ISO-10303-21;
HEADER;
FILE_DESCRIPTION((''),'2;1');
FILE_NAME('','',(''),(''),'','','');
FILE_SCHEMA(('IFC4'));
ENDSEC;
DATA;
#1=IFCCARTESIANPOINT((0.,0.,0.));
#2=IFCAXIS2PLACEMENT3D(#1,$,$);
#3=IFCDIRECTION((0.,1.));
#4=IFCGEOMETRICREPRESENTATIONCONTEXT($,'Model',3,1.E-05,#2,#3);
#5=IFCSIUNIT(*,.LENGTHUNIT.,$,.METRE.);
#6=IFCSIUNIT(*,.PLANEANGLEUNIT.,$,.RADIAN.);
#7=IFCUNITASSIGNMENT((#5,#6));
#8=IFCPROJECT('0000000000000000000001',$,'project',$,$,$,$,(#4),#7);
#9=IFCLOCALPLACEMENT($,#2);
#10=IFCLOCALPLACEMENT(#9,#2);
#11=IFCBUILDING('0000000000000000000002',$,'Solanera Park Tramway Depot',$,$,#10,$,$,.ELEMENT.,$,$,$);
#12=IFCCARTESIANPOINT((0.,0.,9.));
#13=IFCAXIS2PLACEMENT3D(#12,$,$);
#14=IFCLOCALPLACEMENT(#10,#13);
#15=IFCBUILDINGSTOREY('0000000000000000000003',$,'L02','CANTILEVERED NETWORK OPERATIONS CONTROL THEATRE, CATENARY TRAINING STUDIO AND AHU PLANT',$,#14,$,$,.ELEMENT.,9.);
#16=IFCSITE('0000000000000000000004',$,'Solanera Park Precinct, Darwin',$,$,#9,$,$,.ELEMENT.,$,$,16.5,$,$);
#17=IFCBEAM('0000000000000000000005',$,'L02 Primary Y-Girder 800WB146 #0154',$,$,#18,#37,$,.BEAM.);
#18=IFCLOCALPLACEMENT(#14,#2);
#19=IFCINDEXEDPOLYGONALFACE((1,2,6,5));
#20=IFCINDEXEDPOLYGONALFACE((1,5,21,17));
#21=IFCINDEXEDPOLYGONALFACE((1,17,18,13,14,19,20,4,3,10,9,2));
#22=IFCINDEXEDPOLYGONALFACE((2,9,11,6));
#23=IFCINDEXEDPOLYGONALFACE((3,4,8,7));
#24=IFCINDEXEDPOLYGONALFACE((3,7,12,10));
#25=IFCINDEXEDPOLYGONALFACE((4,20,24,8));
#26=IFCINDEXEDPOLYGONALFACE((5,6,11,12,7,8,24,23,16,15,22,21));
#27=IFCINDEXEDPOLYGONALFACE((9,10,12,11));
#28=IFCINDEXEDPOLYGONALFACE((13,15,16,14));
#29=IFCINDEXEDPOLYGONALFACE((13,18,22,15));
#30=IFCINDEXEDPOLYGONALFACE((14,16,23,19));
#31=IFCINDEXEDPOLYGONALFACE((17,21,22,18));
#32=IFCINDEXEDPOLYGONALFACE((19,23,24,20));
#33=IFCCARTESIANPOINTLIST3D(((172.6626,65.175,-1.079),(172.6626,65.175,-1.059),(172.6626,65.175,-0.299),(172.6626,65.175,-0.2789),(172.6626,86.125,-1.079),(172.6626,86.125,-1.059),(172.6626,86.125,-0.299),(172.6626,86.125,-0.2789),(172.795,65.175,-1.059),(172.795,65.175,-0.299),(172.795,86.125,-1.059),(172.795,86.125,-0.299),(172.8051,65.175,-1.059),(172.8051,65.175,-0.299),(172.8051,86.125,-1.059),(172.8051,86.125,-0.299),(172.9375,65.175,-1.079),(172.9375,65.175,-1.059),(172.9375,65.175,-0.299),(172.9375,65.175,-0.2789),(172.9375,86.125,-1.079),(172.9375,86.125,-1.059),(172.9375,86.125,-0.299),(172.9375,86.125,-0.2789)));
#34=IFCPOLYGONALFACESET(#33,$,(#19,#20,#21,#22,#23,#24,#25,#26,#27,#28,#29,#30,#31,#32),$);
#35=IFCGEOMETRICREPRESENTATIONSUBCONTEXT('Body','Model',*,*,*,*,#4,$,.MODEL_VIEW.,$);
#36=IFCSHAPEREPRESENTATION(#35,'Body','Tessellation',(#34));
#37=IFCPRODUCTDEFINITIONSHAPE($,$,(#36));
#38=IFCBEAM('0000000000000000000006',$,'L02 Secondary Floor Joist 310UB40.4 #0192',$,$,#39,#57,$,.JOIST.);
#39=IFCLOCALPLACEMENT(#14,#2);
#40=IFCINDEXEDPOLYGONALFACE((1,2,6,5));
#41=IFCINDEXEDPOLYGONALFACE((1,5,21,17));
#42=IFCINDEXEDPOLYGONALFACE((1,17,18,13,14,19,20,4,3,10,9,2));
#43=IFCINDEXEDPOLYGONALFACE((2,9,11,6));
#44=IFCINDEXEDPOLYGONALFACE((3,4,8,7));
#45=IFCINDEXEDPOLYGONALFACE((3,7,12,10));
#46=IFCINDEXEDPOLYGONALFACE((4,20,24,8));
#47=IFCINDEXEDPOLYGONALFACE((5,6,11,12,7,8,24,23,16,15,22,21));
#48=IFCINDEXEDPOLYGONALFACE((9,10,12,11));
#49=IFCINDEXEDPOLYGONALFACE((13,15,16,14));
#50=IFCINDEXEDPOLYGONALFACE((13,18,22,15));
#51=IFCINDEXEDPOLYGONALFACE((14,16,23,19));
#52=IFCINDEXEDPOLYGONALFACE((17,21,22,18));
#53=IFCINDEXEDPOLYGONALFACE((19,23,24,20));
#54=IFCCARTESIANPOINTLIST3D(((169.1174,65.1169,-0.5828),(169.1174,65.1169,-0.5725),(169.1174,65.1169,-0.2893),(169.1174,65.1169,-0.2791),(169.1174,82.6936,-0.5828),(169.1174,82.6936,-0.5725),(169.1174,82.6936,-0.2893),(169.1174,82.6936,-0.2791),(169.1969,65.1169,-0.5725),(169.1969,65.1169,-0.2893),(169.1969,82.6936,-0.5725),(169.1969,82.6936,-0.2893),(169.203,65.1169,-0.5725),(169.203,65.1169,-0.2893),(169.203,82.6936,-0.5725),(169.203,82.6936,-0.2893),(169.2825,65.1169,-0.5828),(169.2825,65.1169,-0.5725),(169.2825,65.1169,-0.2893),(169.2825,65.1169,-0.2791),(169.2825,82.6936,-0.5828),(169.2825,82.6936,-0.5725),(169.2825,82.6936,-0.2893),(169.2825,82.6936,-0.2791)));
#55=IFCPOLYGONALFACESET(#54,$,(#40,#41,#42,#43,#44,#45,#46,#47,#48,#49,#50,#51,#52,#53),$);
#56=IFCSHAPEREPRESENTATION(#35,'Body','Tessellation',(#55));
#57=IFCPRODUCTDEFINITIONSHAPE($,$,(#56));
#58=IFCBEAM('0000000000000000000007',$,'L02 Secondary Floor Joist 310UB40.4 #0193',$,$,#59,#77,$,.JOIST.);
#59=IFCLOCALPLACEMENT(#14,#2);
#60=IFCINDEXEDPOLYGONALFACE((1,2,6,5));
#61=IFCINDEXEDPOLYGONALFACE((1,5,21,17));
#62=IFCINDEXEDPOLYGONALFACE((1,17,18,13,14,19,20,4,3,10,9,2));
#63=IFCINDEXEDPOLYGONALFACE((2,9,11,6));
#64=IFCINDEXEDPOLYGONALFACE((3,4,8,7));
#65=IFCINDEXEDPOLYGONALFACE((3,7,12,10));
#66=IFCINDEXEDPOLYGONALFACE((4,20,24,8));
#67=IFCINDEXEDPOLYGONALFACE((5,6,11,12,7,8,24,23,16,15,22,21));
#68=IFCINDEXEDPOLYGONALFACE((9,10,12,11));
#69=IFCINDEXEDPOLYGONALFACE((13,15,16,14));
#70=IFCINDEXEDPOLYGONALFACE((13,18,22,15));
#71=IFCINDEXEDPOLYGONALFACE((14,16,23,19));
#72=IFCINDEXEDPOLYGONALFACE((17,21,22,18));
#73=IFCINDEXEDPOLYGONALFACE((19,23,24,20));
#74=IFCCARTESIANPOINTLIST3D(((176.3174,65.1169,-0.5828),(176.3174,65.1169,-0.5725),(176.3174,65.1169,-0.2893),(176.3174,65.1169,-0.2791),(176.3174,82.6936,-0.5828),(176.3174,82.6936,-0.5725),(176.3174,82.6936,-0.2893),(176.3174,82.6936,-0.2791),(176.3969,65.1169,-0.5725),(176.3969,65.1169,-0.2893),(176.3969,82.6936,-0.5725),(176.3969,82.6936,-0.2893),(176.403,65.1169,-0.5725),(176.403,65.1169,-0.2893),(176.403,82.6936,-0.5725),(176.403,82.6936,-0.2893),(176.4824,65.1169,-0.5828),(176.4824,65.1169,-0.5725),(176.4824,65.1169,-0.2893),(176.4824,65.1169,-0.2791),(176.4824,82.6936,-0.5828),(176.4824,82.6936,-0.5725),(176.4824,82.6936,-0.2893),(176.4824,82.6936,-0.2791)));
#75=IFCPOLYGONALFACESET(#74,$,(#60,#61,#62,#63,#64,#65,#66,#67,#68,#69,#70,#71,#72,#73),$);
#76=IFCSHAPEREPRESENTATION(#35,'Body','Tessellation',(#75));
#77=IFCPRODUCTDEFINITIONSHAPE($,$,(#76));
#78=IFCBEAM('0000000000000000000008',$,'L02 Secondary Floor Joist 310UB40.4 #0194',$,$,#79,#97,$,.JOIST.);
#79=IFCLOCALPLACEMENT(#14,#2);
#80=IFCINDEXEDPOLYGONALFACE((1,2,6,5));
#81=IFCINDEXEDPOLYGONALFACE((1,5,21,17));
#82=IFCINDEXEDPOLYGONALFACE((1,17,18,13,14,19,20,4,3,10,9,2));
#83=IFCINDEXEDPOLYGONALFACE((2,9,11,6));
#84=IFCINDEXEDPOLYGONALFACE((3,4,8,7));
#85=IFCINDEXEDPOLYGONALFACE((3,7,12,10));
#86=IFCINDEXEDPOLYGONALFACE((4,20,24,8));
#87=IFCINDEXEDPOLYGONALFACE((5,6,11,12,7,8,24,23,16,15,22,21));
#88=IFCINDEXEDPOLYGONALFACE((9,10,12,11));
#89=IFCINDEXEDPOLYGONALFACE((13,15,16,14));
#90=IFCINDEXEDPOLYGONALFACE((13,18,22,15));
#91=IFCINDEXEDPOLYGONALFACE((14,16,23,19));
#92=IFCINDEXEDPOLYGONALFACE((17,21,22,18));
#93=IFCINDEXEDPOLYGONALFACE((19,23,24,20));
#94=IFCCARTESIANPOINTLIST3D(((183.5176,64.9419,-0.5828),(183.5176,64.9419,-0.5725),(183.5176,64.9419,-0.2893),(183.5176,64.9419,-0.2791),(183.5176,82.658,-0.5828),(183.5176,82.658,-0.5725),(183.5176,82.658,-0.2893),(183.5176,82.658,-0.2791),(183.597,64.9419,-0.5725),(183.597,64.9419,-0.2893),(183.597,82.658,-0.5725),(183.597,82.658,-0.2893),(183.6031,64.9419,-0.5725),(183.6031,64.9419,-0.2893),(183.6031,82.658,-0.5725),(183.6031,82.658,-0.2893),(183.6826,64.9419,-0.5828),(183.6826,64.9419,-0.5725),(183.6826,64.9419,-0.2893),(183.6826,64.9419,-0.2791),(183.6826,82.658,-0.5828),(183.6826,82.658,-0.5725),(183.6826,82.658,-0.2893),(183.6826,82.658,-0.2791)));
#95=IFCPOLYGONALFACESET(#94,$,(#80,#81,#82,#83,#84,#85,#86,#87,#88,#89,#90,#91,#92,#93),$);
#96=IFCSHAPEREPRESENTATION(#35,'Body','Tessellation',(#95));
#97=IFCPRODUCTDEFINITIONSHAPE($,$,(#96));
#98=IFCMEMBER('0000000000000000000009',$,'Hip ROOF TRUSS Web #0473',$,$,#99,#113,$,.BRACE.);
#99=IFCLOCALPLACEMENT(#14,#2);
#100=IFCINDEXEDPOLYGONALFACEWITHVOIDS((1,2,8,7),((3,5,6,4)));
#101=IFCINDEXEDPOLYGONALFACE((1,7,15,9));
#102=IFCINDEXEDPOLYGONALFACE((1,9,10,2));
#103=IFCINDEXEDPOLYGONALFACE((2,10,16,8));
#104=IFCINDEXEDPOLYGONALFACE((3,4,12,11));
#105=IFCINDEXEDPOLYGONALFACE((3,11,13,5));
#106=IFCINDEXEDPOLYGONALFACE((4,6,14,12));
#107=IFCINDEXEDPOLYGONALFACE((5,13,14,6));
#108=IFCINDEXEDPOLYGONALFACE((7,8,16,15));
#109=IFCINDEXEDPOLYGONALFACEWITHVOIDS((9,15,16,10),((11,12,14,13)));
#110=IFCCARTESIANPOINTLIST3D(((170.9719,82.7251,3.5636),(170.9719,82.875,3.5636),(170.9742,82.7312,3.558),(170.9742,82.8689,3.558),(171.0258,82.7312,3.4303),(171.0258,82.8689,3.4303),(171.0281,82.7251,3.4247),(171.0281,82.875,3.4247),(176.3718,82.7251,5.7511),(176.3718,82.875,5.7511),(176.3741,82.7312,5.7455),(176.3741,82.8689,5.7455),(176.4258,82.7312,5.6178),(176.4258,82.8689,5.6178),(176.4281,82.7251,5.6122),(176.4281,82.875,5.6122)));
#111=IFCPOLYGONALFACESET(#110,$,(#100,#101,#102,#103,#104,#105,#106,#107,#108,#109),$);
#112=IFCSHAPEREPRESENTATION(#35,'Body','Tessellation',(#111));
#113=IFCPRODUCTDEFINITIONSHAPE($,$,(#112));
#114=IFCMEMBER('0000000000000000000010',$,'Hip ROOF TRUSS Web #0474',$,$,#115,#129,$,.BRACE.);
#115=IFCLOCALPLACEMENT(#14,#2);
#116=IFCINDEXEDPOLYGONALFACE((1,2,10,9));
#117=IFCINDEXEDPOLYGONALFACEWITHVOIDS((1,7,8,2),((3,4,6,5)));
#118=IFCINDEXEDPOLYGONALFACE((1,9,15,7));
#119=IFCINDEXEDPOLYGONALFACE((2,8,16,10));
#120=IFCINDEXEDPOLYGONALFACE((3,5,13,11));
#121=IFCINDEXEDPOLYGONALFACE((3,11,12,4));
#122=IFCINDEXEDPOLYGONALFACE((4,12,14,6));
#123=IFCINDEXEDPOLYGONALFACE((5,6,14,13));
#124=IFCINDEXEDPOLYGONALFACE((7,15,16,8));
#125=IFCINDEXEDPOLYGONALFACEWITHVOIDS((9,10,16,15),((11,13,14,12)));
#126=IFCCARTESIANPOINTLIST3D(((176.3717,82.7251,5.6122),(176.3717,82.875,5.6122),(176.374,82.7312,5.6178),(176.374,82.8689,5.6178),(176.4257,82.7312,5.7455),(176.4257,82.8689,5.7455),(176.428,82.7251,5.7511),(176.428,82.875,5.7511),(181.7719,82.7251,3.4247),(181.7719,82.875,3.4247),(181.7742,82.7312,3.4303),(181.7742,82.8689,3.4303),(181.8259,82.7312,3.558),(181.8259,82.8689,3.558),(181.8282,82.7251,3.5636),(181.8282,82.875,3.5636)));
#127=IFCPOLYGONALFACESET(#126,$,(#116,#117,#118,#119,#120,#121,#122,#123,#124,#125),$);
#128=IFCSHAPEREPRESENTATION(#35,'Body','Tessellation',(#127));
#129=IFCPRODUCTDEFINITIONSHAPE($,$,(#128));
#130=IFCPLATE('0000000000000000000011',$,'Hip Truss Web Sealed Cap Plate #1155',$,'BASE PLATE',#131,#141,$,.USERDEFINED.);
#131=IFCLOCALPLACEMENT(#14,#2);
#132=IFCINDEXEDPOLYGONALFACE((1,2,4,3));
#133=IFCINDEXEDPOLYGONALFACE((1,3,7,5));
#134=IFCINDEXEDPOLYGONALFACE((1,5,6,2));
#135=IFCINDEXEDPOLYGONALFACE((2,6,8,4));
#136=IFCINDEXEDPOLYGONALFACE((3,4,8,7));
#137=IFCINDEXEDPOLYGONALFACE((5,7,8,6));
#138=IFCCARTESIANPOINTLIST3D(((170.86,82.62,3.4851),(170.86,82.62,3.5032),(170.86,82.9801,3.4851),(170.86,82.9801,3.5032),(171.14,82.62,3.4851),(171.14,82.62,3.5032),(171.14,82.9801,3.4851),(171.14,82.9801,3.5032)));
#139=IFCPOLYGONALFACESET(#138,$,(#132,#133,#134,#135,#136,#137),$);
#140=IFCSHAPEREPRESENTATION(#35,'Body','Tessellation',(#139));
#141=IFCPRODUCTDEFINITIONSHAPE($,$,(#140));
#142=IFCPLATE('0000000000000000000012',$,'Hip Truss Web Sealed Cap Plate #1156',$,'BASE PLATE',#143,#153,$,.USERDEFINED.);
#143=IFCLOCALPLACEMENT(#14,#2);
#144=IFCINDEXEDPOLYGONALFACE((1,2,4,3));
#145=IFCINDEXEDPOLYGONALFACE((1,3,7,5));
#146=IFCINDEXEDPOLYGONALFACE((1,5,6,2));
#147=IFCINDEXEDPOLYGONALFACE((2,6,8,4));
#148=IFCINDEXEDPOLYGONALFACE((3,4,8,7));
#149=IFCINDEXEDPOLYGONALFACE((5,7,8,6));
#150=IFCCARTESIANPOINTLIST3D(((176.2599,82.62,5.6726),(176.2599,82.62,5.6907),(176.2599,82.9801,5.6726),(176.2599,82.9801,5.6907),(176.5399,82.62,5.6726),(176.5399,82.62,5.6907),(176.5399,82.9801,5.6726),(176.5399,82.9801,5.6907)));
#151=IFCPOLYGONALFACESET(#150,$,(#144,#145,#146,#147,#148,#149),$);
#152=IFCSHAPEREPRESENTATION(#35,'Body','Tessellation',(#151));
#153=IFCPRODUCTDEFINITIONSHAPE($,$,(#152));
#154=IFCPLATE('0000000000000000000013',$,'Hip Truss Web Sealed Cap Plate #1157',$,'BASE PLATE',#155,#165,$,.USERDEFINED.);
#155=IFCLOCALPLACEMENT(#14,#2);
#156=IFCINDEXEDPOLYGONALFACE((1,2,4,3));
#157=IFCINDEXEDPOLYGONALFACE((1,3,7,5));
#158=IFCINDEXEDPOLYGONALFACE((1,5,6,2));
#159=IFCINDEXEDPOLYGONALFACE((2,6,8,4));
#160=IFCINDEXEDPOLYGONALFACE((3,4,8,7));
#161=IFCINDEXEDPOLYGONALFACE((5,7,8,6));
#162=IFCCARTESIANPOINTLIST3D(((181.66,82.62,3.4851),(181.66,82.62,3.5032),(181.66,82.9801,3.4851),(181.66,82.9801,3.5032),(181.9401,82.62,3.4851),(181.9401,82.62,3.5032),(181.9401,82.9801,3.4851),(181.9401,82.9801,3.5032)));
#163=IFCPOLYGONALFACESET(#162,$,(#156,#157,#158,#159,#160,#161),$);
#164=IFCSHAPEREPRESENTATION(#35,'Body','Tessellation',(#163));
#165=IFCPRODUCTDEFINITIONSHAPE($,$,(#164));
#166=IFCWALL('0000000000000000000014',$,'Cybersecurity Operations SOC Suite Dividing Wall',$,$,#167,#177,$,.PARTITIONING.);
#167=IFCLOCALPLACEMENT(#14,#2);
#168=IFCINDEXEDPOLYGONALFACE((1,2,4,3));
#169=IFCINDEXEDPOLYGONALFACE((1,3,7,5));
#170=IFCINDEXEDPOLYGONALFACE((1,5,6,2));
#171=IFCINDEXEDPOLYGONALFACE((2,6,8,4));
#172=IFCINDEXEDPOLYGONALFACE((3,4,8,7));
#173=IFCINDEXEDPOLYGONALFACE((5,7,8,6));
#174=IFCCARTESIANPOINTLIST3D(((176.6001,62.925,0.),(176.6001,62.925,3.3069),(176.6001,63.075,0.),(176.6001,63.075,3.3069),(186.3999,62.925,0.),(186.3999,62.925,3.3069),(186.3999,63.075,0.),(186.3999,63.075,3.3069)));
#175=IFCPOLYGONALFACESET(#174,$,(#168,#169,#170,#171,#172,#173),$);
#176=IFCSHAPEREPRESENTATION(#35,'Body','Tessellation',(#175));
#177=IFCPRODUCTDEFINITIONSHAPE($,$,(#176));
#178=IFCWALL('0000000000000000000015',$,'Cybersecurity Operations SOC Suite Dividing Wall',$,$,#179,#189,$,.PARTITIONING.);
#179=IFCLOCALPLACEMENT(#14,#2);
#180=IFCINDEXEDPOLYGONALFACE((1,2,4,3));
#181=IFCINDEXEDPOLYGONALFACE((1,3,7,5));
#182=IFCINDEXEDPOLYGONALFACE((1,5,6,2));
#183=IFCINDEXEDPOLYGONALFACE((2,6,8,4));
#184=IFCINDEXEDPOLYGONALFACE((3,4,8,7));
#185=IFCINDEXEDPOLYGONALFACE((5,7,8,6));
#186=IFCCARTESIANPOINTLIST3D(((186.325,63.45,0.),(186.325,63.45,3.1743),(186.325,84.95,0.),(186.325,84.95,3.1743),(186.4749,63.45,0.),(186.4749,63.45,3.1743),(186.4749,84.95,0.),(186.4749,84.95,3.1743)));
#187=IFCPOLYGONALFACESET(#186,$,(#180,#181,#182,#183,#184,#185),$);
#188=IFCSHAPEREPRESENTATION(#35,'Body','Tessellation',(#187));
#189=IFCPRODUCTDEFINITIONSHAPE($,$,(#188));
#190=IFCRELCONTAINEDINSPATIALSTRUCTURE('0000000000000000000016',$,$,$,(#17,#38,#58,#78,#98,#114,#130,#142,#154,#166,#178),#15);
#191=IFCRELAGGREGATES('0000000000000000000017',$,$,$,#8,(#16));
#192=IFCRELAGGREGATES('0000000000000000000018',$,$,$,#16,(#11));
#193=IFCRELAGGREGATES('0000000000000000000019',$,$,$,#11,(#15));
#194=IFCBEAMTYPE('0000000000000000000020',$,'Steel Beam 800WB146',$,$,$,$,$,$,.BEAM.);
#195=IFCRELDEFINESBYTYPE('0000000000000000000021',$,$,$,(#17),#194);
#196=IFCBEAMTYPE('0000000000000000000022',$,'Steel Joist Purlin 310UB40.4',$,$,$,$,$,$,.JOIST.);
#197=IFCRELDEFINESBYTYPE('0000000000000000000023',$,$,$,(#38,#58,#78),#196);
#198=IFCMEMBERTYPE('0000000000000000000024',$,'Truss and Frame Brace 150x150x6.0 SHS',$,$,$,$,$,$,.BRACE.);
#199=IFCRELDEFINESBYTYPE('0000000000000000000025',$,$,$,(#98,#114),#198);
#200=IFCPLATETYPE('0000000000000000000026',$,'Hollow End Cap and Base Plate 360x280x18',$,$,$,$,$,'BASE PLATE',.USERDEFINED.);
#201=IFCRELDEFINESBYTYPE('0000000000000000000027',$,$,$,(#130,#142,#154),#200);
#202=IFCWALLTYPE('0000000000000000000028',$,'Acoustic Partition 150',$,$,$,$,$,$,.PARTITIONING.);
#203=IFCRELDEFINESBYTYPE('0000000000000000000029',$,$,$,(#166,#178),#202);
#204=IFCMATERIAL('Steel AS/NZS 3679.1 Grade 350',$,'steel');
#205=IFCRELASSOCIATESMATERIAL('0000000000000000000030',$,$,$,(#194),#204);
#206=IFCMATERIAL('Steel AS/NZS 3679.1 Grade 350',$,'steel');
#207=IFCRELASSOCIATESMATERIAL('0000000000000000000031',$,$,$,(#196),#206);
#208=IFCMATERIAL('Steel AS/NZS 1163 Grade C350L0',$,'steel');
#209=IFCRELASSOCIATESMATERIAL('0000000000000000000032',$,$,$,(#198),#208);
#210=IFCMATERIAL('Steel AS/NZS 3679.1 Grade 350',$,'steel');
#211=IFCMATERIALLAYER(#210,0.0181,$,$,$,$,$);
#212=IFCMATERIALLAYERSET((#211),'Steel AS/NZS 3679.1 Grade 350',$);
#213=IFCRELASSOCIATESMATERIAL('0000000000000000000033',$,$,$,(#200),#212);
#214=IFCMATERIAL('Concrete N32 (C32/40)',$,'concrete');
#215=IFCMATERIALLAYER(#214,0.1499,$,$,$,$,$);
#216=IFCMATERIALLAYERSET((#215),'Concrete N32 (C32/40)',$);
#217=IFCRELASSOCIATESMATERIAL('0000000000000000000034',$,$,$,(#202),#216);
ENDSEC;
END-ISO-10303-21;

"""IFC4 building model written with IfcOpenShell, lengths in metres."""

from ifc_helpers import new_model, si_unit, direction, frame, frame_2d, origin, origin_2d, place, context, subcontext, project, spatial, rectangle, hollow_rectangle, i_section, extrude, material, layer, layer_set, material_profile, profile_set, type_object, element, save


model = new_model("IFC4")

# Units and contexts
model_context = context("Model", 3, precision=1e-05, world=origin(), true_north=direction((0.0, 1.0)))
body_context = subcontext(model_context, "Body", "Model", "MODEL_VIEW")
ifc_project = project(units=[si_unit("LENGTHUNIT", "METRE"), si_unit("PLANEANGLEUNIT", "RADIAN")], contexts=[model_context])

# Site, building, storey
site_placement = place(None, origin())
site = spatial("IfcSite", under=ifc_project, at=site_placement, Name="Solanera Park Precinct, Darwin", CompositionType="ELEMENT", RefElevation=16.5)
building_placement = place(site_placement, origin())
building = spatial("IfcBuilding", under=site, at=building_placement, Name="Solanera Park Tramway Depot", CompositionType="ELEMENT")
storey_placement = place(building_placement, frame((0.0, 0.0, 9.0)))
storey = spatial("IfcBuildingStorey", under=building, at=storey_placement, Name="L02", Description="CANTILEVERED NETWORK OPERATIONS CONTROL THEATRE, CATENARY TRAINING STUDIO AND AHU PLANT", CompositionType="ELEMENT", Elevation=9.0)

# Beams
ifc_material_1 = material(Name="Steel AS/NZS 3679.1 Grade 350", Category="steel")
ifc_material_profile_1 = material_profile(ifc_material_1, i_section(OverallWidth=0.2749, OverallDepth=0.8, WebThickness=0.01, FlangeThickness=0.02, at=origin_2d()), Name="800WB146")
ifc_profile_set_1 = profile_set([ifc_material_profile_1], Name="Steel AS/NZS 3679.1 Grade 350")
beam_type_1 = type_object("IfcBeamType", Name="Steel Beam 800WB146", PredefinedType="BEAM", material=ifc_profile_set_1)
beam_1_placement = place(storey_placement, frame((172.8, 65.175, -0.679), z_axis=(0.0, 1.0, 0.0), x_axis=(-1.0, 0.0, 0.0)))
element("IfcBeam", 1, at=beam_1_placement, inside=storey, type_object=beam_type_1, Name="L02 Primary Y-Girder 800WB146 #0154", PredefinedType="BEAM", context=body_context, shape_type="SweptSolid", body=[
    extrude(i_section(OverallWidth=0.2749, OverallDepth=0.8, WebThickness=0.01, FlangeThickness=0.02, at=origin_2d()), origin(), (0.0, 0.0, 1.0), 20.95),
])
ifc_material_2 = material(Name="Steel AS/NZS 3679.1 Grade 350", Category="steel")
ifc_material_profile_2 = material_profile(ifc_material_2, i_section(OverallWidth=0.165, OverallDepth=0.3037, WebThickness=0.0061, FlangeThickness=0.0103, at=origin_2d()), Name="310UB40.4")
ifc_profile_set_2 = profile_set([ifc_material_profile_2], Name="Steel AS/NZS 3679.1 Grade 350")
beam_type_2 = type_object("IfcBeamType", Name="Steel Joist Purlin 310UB40.4", PredefinedType="JOIST", material=ifc_profile_set_2)
for number, where, z_axis, x_axis, name in (
    (2, (169.2, 65.1169, -0.4309), (0.0, 1.0, 0.0), (-1.0, 0.0, 0.0), "L02 Secondary Floor Joist 310UB40.4 #0192"),
    (3, (176.3999, 65.1169, -0.4309), (0.0, 1.0, 0.0), (-1.0, 0.0, 0.0), "L02 Secondary Floor Joist 310UB40.4 #0193"),
):
    element("IfcBeam", number, at=place(storey_placement, frame(where, z_axis=z_axis, x_axis=x_axis)), inside=storey, type_object=beam_type_2, Name=name, PredefinedType="JOIST", context=body_context, shape_type="SweptSolid", body=[
        extrude(i_section(OverallWidth=0.165, OverallDepth=0.3037, WebThickness=0.0061, FlangeThickness=0.0103, at=origin_2d()), origin(), (0.0, 0.0, 1.0), 17.5767),
    ])
beam_2_placement = place(storey_placement, frame((183.6001, 64.9419, -0.4309), z_axis=(0.0, 1.0, 0.0), x_axis=(-1.0, 0.0, 0.0)))
element("IfcBeam", 4, at=beam_2_placement, inside=storey, type_object=beam_type_2, Name="L02 Secondary Floor Joist 310UB40.4 #0194", PredefinedType="JOIST", context=body_context, shape_type="SweptSolid", body=[
    extrude(i_section(OverallWidth=0.165, OverallDepth=0.3037, WebThickness=0.0061, FlangeThickness=0.0103, at=origin_2d()), origin(), (0.0, 0.0, 1.0), 17.7161),
])

# Members
ifc_material_3 = material(Name="Steel AS/NZS 1163 Grade C350L0", Category="steel")
ifc_material_profile_3 = material_profile(ifc_material_3, hollow_rectangle(XDim=0.1499, YDim=0.1499, WallThickness=0.0061, at=origin_2d()), Name="150x150x6.0 SHS")
ifc_profile_set_3 = profile_set([ifc_material_profile_3], Name="Steel AS/NZS 1163 Grade C350L0")
member_type_1 = type_object("IfcMemberType", Name="Truss and Frame Brace 150x150x6.0 SHS", PredefinedType="BRACE", material=ifc_profile_set_3)
member_1_placement = place(storey_placement, frame((171.0, 82.8, 3.4941), z_axis=(0.926838, 0.0, 0.375462), x_axis=(0.0, 1.0, 0.0)))
element("IfcMember", 5, at=member_1_placement, inside=storey, type_object=member_type_1, Name="Hip ROOF TRUSS Web #0473", PredefinedType="BRACE", context=body_context, shape_type="SweptSolid", body=[
    extrude(hollow_rectangle(XDim=0.1499, YDim=0.1499, WallThickness=0.0061, at=origin_2d()), origin(), (0.0, 0.0, 1.0), 5.8262),
])
member_2_placement = place(storey_placement, frame((181.8, 82.8, 3.4941), z_axis=(-0.926844, 0.0, 0.375447), x_axis=(0.0, -1.0, 0.0)))
element("IfcMember", 6, at=member_2_placement, inside=storey, type_object=member_type_1, Name="Hip ROOF TRUSS Web #0474", PredefinedType="BRACE", context=body_context, shape_type="SweptSolid", body=[
    extrude(hollow_rectangle(XDim=0.1499, YDim=0.1499, WallThickness=0.0061, at=origin_2d()), origin(), (0.0, 0.0, 1.0), 5.8264),
])

# Plates
ifc_material_4 = material(Name="Steel AS/NZS 3679.1 Grade 350", Category="steel")
ifc_layer_1 = layer(ifc_material_4, 0.0181)
ifc_layer_set_1 = layer_set([ifc_layer_1], Name="Steel AS/NZS 3679.1 Grade 350")
plate_type = type_object("IfcPlateType", Name="Hollow End Cap and Base Plate 360x280x18", ElementType="BASE PLATE", PredefinedType="USERDEFINED", material=ifc_layer_set_1)
for number, where, z_axis, x_axis, name in (
    (7, (171.0, 82.8, 3.4851), (0.0, 0.0, 1.0), (1.0, 0.0, 0.0), "Hip Truss Web Sealed Cap Plate #1155"),
    (8, (176.3999, 82.8, 5.6726), (0.0, 0.0, 1.0), (1.0, 0.0, 0.0), "Hip Truss Web Sealed Cap Plate #1156"),
    (9, (181.8, 82.8, 3.4851), (0.0, 0.0, 1.0), (1.0, 0.0, 0.0), "Hip Truss Web Sealed Cap Plate #1157"),
):
    element("IfcPlate", number, at=place(storey_placement, frame(where, z_axis=z_axis, x_axis=x_axis)), inside=storey, type_object=plate_type, Name=name, ObjectType="BASE PLATE", PredefinedType="USERDEFINED", context=body_context, shape_type="SweptSolid", body=[
        extrude(rectangle(XDim=0.28, YDim=0.3601, at=origin_2d()), origin(), (0.0, 0.0, 1.0), 0.0181),
    ])

# Walls
ifc_material_5 = material(Name="Concrete N32 (C32/40)", Category="concrete")
ifc_layer_2 = layer(ifc_material_5, 0.1499)
ifc_layer_set_2 = layer_set([ifc_layer_2], Name="Concrete N32 (C32/40)")
wall_type = type_object("IfcWallType", Name="Acoustic Partition 150", PredefinedType="PARTITIONING", material=ifc_layer_set_2)
wall_1_placement = place(storey_placement, frame((186.3999, 63.0, 0.0), z_axis=(0.0, 0.0, 1.0), x_axis=(-1.0, 0.0, 0.0)))
element("IfcWall", 10, at=wall_1_placement, inside=storey, type_object=wall_type, Name="Cybersecurity Operations SOC Suite Dividing Wall", PredefinedType="PARTITIONING", context=body_context, shape_type="SweptSolid", body=[
    extrude(rectangle(XDim=9.7998, YDim=0.1499, at=frame_2d((4.8999, 0.0))), origin(), (0.0, 0.0, 1.0), 3.3069),
])
wall_2_placement = place(storey_placement, frame((186.3999, 63.45, 0.0), z_axis=(0.0, 0.0, 1.0), x_axis=(0.0, 1.0, 0.0)))
element("IfcWall", 11, at=wall_2_placement, inside=storey, type_object=wall_type, Name="Cybersecurity Operations SOC Suite Dividing Wall", PredefinedType="PARTITIONING", context=body_context, shape_type="SweptSolid", body=[
    extrude(rectangle(XDim=21.5, YDim=0.1499, at=frame_2d((10.75, 0.0))), origin(), (0.0, 0.0, 1.0), 3.1743),
])

save(model, "model.ifc")
